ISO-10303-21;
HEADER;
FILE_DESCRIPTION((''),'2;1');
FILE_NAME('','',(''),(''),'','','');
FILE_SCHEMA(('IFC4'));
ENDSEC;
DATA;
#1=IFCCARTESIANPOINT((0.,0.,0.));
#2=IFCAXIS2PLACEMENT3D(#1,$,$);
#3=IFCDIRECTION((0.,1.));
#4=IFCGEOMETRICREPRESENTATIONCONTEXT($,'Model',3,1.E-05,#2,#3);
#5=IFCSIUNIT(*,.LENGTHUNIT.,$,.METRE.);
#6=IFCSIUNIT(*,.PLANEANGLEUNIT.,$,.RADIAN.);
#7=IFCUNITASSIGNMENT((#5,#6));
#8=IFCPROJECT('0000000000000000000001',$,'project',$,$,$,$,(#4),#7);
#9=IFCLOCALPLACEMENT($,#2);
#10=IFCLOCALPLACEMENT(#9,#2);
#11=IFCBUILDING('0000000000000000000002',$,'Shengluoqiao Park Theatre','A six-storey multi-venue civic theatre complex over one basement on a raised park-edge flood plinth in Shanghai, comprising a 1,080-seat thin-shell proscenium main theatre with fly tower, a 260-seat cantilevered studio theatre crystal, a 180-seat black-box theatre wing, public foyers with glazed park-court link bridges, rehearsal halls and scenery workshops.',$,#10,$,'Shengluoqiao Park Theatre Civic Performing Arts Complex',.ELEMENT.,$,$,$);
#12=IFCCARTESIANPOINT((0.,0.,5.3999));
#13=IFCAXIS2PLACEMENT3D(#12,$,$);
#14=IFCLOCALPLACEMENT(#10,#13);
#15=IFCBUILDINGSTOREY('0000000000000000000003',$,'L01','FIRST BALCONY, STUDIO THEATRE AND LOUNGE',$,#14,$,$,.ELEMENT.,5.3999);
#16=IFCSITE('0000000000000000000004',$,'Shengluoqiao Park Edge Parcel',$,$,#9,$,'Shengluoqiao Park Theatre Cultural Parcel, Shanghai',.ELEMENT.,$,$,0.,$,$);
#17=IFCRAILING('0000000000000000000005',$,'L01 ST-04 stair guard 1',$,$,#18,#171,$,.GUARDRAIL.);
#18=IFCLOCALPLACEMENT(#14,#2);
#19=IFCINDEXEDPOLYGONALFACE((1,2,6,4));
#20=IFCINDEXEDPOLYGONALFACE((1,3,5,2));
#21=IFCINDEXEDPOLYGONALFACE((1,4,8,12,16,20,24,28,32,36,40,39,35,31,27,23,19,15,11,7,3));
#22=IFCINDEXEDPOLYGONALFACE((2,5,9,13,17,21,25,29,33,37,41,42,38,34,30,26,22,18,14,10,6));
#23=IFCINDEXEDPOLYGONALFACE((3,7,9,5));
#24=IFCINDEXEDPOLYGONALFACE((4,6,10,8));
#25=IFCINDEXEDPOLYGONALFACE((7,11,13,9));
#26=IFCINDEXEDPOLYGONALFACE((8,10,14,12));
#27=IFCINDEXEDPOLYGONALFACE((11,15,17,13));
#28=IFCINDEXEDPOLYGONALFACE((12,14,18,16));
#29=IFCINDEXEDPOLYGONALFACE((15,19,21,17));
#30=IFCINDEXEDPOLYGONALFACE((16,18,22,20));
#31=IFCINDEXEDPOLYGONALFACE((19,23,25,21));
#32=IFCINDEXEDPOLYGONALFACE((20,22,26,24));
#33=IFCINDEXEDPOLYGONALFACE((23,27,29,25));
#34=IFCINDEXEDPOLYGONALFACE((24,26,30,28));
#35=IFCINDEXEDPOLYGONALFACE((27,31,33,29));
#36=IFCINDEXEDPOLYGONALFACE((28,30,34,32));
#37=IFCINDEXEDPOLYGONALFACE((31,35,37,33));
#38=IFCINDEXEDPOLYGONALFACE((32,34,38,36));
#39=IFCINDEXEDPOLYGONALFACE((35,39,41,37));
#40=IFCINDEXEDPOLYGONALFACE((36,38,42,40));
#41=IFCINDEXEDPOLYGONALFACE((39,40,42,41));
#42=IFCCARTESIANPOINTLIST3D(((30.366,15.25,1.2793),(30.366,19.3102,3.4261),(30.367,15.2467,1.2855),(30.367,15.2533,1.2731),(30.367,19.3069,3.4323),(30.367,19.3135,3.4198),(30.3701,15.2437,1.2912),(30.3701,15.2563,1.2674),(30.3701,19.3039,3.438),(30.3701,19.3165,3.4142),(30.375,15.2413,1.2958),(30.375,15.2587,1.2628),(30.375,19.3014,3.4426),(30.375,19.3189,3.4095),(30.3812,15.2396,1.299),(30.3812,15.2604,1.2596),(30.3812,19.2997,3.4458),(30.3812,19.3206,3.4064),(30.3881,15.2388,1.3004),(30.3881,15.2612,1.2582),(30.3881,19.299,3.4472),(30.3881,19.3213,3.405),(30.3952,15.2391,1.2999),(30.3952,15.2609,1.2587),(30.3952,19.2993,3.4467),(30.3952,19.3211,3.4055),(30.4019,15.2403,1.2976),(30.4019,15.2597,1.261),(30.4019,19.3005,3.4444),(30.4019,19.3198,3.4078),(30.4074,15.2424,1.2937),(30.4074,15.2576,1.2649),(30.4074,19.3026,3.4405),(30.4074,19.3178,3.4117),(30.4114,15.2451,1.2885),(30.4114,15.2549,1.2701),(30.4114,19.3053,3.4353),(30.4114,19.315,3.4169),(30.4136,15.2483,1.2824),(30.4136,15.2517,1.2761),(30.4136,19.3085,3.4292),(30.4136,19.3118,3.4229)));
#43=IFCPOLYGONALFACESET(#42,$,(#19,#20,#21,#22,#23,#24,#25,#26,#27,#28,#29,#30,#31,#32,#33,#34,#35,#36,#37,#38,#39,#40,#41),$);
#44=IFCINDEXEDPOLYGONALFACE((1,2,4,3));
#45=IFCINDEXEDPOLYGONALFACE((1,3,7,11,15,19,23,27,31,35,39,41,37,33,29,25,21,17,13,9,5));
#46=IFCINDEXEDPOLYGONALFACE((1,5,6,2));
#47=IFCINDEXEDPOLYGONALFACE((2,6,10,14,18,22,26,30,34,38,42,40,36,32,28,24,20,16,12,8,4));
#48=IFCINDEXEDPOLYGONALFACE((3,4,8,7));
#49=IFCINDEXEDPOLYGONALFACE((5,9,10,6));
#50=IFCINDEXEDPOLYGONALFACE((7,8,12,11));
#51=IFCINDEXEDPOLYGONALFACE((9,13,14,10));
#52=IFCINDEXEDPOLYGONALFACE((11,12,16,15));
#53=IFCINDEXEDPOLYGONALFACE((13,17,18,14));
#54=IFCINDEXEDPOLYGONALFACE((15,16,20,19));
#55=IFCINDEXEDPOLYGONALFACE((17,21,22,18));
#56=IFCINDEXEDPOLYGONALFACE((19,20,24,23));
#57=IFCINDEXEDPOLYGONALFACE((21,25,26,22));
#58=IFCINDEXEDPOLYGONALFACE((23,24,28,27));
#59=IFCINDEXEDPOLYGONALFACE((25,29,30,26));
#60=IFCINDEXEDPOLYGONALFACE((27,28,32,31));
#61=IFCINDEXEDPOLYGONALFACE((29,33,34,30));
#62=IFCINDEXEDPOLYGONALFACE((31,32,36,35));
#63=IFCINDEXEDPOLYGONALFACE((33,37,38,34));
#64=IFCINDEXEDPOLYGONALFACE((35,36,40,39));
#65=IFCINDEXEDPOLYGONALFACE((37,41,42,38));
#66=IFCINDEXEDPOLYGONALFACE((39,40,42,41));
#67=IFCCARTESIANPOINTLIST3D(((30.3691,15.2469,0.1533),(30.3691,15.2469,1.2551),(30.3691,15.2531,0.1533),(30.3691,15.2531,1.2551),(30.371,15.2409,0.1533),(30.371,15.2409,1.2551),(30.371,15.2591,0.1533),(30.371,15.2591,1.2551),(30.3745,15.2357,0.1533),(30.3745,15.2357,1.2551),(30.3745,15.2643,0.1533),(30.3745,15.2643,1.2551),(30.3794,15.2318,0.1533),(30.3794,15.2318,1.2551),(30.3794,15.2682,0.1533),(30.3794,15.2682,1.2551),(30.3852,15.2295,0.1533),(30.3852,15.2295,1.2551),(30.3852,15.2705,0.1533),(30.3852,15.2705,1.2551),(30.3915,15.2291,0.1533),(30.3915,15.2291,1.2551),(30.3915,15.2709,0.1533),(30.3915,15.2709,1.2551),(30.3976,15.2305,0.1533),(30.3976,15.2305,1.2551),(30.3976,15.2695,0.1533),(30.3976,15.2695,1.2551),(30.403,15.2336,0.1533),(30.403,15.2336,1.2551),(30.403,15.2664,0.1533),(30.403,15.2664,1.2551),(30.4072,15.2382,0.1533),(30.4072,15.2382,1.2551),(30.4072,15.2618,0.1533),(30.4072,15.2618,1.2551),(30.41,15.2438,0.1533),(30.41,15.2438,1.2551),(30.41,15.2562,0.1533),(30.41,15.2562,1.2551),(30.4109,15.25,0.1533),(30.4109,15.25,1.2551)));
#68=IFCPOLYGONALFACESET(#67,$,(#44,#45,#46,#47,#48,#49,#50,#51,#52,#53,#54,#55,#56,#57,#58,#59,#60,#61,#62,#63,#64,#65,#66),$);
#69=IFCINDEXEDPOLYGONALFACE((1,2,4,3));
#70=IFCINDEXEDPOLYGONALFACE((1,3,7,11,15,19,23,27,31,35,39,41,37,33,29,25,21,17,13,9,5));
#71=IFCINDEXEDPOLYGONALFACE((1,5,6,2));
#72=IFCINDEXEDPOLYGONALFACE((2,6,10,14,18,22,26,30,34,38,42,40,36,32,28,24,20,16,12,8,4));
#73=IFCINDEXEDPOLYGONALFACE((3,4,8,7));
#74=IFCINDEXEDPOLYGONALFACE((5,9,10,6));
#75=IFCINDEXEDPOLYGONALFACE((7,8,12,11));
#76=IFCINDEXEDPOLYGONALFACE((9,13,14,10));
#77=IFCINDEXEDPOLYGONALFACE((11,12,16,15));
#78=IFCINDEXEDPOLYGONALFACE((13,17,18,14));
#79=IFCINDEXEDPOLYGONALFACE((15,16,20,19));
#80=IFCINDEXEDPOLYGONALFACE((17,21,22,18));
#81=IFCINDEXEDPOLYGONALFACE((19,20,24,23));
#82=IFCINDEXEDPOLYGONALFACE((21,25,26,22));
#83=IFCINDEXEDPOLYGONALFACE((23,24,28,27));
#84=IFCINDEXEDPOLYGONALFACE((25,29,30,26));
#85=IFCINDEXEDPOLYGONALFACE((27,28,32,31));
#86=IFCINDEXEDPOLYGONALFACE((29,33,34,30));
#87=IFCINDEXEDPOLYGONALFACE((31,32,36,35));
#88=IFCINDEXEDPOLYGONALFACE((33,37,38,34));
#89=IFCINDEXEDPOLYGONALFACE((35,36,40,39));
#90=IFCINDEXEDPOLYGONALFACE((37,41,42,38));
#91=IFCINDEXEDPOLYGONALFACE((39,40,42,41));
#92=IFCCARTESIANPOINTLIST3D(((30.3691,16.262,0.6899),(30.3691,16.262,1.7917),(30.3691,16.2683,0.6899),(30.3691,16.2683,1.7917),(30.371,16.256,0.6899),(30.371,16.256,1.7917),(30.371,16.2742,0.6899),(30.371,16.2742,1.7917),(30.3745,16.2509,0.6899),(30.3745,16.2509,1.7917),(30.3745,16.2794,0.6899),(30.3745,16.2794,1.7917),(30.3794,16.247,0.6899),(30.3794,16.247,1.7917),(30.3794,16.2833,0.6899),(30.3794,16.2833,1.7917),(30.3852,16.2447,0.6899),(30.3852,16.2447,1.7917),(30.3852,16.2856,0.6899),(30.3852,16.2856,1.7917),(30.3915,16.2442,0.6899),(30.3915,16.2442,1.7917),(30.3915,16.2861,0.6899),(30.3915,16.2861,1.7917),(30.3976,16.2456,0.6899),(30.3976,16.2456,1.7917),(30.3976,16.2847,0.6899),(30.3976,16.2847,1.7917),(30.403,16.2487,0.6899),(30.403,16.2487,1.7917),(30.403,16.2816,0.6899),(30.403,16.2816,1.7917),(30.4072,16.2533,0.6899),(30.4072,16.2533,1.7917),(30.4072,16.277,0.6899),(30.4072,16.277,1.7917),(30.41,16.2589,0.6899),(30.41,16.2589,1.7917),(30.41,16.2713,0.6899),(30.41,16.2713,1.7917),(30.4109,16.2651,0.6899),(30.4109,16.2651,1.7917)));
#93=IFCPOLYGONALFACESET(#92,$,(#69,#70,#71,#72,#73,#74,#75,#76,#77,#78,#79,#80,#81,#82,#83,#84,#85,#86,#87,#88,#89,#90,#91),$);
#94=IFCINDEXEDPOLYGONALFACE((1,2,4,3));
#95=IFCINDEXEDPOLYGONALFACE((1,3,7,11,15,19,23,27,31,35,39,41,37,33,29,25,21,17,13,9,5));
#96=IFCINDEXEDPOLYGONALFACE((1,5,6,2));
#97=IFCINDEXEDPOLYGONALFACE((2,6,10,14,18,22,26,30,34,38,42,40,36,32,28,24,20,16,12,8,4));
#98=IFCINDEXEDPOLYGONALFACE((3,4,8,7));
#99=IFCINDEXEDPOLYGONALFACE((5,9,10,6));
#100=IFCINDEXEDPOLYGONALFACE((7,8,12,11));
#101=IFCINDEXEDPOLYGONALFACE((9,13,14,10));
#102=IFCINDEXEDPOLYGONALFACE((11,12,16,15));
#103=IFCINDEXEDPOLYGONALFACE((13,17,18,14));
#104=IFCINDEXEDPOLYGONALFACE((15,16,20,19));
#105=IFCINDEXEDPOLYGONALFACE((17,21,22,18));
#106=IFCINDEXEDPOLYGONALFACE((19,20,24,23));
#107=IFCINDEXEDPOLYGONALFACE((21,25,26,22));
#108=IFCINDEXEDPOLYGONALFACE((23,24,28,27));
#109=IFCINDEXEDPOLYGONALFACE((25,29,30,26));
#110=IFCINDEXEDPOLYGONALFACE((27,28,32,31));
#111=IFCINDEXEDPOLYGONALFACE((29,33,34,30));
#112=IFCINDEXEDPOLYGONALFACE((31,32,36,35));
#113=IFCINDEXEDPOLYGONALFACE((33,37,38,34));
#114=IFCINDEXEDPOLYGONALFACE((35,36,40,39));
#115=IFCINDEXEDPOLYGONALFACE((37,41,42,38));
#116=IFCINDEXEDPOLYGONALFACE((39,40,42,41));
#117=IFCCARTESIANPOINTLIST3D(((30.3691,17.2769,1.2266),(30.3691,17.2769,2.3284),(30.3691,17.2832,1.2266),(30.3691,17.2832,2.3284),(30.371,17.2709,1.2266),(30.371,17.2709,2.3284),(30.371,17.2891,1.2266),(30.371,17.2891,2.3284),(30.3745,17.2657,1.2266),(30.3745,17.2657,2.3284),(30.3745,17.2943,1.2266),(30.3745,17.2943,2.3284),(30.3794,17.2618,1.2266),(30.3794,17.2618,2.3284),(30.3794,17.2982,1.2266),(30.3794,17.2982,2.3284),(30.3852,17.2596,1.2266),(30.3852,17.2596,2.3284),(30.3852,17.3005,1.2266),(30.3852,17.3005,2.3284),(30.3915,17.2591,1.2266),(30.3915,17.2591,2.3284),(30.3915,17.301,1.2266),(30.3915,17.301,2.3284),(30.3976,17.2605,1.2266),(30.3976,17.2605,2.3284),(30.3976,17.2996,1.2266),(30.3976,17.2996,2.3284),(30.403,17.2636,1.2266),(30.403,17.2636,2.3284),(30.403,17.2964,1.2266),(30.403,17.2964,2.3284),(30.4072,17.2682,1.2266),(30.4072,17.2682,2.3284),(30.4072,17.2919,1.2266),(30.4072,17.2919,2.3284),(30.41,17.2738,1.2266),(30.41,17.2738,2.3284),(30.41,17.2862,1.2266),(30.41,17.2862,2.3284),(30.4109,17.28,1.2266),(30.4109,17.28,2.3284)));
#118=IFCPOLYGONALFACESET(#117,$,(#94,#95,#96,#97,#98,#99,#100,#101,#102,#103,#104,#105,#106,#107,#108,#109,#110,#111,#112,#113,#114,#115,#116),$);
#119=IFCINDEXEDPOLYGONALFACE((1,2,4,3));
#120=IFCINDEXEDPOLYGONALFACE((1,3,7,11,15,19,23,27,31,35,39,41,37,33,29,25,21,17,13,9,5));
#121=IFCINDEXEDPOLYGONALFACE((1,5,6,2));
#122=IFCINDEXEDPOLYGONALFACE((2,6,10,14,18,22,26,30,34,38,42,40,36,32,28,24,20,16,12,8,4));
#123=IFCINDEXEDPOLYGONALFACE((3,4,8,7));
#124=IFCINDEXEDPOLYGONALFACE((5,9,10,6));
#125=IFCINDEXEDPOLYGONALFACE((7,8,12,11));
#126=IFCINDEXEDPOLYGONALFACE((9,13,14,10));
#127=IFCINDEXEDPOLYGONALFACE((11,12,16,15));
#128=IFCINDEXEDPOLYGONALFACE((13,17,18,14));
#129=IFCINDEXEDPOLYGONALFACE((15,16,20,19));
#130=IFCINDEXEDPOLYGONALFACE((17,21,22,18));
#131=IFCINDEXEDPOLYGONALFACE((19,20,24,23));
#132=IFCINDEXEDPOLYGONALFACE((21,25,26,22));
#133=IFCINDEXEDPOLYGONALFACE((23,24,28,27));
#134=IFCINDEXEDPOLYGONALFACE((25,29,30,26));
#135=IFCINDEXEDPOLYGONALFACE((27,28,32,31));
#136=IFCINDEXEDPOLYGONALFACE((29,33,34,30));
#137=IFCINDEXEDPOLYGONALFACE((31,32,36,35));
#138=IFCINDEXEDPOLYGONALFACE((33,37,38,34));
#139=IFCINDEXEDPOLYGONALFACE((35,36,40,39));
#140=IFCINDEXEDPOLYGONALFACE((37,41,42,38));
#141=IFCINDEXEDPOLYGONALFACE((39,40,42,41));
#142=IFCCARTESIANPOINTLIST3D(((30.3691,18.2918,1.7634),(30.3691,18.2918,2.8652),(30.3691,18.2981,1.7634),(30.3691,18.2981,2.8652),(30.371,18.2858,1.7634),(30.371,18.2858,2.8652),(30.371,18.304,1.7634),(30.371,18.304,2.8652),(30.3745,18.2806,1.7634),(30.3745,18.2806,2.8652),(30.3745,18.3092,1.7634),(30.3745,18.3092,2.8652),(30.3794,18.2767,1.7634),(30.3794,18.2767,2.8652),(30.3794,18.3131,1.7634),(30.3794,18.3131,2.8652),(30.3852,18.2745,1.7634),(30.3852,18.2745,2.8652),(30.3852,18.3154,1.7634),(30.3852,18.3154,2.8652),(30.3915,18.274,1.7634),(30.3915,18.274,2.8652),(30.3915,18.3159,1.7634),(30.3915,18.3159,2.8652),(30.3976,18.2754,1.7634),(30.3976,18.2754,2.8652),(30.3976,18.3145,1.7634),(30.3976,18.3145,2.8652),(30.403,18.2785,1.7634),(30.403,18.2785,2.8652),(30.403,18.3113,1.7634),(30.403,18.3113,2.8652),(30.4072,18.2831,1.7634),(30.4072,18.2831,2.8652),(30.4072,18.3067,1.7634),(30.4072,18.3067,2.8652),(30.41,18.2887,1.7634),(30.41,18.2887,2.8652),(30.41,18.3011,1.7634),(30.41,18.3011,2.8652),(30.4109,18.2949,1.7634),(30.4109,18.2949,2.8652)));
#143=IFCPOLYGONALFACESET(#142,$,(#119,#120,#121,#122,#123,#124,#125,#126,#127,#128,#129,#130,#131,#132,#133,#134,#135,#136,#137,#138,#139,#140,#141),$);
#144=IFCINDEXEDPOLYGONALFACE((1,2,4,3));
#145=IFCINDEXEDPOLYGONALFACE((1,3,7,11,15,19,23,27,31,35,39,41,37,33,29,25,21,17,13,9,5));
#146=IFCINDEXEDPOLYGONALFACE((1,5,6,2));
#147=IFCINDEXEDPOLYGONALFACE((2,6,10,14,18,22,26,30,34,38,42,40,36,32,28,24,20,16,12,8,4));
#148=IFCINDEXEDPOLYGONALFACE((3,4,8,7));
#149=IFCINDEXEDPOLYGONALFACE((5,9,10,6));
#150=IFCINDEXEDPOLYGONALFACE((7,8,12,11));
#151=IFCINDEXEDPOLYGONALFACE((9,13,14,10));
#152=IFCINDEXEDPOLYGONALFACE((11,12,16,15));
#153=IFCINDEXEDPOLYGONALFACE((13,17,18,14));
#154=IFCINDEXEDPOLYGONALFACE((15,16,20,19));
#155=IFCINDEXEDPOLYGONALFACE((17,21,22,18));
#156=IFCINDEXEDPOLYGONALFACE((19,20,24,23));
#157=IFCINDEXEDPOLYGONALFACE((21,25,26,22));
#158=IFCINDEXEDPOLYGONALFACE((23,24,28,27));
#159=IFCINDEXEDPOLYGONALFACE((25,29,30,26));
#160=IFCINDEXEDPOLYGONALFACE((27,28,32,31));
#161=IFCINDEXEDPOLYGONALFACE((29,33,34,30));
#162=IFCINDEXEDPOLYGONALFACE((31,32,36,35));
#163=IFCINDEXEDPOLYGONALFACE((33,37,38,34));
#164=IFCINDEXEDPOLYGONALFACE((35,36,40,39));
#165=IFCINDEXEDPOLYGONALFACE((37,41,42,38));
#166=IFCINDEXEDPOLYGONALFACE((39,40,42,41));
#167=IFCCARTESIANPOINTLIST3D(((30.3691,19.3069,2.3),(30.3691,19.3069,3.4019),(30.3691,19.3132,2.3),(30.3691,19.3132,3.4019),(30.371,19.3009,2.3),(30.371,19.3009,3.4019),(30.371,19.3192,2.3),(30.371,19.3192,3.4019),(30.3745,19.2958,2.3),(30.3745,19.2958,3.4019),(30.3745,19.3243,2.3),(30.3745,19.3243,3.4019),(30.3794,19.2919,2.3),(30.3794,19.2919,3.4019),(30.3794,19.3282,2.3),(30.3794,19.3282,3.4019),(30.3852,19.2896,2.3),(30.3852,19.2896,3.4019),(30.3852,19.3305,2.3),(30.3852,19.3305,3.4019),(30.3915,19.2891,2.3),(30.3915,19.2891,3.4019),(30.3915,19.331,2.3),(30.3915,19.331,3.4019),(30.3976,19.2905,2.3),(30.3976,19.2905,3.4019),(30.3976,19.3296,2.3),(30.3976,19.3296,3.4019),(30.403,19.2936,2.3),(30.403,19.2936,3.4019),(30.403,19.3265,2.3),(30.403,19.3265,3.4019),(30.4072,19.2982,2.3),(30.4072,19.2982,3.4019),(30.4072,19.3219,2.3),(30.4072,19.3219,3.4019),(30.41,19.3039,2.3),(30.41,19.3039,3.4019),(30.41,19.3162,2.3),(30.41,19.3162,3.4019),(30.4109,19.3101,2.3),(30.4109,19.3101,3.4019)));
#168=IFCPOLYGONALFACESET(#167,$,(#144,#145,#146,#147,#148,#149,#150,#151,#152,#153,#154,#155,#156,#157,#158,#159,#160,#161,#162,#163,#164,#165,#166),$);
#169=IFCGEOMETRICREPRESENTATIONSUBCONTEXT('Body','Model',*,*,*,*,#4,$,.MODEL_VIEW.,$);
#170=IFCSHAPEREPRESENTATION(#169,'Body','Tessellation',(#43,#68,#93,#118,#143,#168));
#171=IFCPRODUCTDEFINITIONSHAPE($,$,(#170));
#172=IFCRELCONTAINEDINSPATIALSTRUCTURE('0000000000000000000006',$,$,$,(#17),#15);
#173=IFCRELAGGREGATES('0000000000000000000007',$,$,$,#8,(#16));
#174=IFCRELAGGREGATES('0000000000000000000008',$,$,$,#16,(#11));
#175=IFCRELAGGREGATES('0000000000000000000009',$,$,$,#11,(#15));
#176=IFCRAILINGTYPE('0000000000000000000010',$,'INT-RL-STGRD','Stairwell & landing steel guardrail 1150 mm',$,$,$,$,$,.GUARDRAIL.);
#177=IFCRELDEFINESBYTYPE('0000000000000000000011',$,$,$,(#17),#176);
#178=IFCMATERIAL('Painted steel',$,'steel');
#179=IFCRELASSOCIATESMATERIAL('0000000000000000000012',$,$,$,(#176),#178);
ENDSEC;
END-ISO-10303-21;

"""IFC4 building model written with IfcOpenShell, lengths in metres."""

from ifc_helpers import new_model, si_unit, direction, frame, origin, origin_2d, place, context, subcontext, project, spatial, circle, extrude, material, type_object, element, save


model = new_model("IFC4")

# Units and contexts
model_context = context("Model", 3, precision=1e-05, world=origin(), true_north=direction((0.0, 1.0)))
body_context = subcontext(model_context, "Body", "Model", "MODEL_VIEW")
ifc_project = project(units=[si_unit("LENGTHUNIT", "METRE"), si_unit("PLANEANGLEUNIT", "RADIAN")], contexts=[model_context])

# Site, building, storey
site_placement = place(None, origin())
site = spatial("IfcSite", under=ifc_project, at=site_placement, Name="Shengluoqiao Park Edge Parcel", LongName="Shengluoqiao Park Theatre Cultural Parcel, Shanghai", CompositionType="ELEMENT", RefElevation=0.0)
building_placement = place(site_placement, origin())
building = spatial("IfcBuilding", under=site, at=building_placement, Name="Shengluoqiao Park Theatre", Description="A six-storey multi-venue civic theatre complex over one basement on a raised park-edge flood plinth in Shanghai, comprising a 1,080-seat thin-shell proscenium main theatre with fly tower, a 260-seat cantilevered studio theatre crystal, a 180-seat black-box theatre wing, public foyers with glazed park-court link bridges, rehearsal halls and scenery workshops.", LongName="Shengluoqiao Park Theatre Civic Performing Arts Complex", CompositionType="ELEMENT")
storey_placement = place(building_placement, frame((0.0, 0.0, 5.3999)))
storey = spatial("IfcBuildingStorey", under=building, at=storey_placement, Name="L01", Description="FIRST BALCONY, STUDIO THEATRE AND LOUNGE", CompositionType="ELEMENT", Elevation=5.3999)

# Railing
ifc_material_1 = material(Name="Painted steel", Category="steel")
railing_type_1 = type_object("IfcRailingType", Name="INT-RL-STGRD", Description="Stairwell & landing steel guardrail 1150 mm", PredefinedType="GUARDRAIL", material=ifc_material_1)
railing_1_placement = place(storey_placement, frame((30.3899, 15.25, 0.1533)))
element("IfcRailing", 1, at=railing_1_placement, inside=storey, type_object=railing_type_1, Name="L01 ST-04 stair guard 1", PredefinedType="GUARDRAIL", context=body_context, shape_type="SweptSolid", body=[
    extrude(circle(Radius=0.0239, at=origin_2d()), frame((0.0, 0.0, 1.126), z_axis=(0.0, 0.884032, 0.467426), x_axis=(-1.0, 0.0, 0.0)), (0.0, 0.0, 1.0), 4.5928),
    extrude(circle(Radius=0.021, at=origin_2d()), origin(), (0.0, 0.0, 1.0), 1.1018),
    extrude(circle(Radius=0.021, at=origin_2d()), frame((0.0, 1.0151, 0.5366)), (0.0, 0.0, 1.0), 1.1018),
    extrude(circle(Radius=0.021, at=origin_2d()), frame((0.0, 2.03, 1.0732)), (0.0, 0.0, 1.0), 1.1018),
    extrude(circle(Radius=0.021, at=origin_2d()), frame((0.0, 3.0449, 1.6101)), (0.0, 0.0, 1.0), 1.1018),
    extrude(circle(Radius=0.021, at=origin_2d()), frame((0.0, 4.0601, 2.1467)), (0.0, 0.0, 1.0), 1.1018),
])

save(model, "model.ifc")
